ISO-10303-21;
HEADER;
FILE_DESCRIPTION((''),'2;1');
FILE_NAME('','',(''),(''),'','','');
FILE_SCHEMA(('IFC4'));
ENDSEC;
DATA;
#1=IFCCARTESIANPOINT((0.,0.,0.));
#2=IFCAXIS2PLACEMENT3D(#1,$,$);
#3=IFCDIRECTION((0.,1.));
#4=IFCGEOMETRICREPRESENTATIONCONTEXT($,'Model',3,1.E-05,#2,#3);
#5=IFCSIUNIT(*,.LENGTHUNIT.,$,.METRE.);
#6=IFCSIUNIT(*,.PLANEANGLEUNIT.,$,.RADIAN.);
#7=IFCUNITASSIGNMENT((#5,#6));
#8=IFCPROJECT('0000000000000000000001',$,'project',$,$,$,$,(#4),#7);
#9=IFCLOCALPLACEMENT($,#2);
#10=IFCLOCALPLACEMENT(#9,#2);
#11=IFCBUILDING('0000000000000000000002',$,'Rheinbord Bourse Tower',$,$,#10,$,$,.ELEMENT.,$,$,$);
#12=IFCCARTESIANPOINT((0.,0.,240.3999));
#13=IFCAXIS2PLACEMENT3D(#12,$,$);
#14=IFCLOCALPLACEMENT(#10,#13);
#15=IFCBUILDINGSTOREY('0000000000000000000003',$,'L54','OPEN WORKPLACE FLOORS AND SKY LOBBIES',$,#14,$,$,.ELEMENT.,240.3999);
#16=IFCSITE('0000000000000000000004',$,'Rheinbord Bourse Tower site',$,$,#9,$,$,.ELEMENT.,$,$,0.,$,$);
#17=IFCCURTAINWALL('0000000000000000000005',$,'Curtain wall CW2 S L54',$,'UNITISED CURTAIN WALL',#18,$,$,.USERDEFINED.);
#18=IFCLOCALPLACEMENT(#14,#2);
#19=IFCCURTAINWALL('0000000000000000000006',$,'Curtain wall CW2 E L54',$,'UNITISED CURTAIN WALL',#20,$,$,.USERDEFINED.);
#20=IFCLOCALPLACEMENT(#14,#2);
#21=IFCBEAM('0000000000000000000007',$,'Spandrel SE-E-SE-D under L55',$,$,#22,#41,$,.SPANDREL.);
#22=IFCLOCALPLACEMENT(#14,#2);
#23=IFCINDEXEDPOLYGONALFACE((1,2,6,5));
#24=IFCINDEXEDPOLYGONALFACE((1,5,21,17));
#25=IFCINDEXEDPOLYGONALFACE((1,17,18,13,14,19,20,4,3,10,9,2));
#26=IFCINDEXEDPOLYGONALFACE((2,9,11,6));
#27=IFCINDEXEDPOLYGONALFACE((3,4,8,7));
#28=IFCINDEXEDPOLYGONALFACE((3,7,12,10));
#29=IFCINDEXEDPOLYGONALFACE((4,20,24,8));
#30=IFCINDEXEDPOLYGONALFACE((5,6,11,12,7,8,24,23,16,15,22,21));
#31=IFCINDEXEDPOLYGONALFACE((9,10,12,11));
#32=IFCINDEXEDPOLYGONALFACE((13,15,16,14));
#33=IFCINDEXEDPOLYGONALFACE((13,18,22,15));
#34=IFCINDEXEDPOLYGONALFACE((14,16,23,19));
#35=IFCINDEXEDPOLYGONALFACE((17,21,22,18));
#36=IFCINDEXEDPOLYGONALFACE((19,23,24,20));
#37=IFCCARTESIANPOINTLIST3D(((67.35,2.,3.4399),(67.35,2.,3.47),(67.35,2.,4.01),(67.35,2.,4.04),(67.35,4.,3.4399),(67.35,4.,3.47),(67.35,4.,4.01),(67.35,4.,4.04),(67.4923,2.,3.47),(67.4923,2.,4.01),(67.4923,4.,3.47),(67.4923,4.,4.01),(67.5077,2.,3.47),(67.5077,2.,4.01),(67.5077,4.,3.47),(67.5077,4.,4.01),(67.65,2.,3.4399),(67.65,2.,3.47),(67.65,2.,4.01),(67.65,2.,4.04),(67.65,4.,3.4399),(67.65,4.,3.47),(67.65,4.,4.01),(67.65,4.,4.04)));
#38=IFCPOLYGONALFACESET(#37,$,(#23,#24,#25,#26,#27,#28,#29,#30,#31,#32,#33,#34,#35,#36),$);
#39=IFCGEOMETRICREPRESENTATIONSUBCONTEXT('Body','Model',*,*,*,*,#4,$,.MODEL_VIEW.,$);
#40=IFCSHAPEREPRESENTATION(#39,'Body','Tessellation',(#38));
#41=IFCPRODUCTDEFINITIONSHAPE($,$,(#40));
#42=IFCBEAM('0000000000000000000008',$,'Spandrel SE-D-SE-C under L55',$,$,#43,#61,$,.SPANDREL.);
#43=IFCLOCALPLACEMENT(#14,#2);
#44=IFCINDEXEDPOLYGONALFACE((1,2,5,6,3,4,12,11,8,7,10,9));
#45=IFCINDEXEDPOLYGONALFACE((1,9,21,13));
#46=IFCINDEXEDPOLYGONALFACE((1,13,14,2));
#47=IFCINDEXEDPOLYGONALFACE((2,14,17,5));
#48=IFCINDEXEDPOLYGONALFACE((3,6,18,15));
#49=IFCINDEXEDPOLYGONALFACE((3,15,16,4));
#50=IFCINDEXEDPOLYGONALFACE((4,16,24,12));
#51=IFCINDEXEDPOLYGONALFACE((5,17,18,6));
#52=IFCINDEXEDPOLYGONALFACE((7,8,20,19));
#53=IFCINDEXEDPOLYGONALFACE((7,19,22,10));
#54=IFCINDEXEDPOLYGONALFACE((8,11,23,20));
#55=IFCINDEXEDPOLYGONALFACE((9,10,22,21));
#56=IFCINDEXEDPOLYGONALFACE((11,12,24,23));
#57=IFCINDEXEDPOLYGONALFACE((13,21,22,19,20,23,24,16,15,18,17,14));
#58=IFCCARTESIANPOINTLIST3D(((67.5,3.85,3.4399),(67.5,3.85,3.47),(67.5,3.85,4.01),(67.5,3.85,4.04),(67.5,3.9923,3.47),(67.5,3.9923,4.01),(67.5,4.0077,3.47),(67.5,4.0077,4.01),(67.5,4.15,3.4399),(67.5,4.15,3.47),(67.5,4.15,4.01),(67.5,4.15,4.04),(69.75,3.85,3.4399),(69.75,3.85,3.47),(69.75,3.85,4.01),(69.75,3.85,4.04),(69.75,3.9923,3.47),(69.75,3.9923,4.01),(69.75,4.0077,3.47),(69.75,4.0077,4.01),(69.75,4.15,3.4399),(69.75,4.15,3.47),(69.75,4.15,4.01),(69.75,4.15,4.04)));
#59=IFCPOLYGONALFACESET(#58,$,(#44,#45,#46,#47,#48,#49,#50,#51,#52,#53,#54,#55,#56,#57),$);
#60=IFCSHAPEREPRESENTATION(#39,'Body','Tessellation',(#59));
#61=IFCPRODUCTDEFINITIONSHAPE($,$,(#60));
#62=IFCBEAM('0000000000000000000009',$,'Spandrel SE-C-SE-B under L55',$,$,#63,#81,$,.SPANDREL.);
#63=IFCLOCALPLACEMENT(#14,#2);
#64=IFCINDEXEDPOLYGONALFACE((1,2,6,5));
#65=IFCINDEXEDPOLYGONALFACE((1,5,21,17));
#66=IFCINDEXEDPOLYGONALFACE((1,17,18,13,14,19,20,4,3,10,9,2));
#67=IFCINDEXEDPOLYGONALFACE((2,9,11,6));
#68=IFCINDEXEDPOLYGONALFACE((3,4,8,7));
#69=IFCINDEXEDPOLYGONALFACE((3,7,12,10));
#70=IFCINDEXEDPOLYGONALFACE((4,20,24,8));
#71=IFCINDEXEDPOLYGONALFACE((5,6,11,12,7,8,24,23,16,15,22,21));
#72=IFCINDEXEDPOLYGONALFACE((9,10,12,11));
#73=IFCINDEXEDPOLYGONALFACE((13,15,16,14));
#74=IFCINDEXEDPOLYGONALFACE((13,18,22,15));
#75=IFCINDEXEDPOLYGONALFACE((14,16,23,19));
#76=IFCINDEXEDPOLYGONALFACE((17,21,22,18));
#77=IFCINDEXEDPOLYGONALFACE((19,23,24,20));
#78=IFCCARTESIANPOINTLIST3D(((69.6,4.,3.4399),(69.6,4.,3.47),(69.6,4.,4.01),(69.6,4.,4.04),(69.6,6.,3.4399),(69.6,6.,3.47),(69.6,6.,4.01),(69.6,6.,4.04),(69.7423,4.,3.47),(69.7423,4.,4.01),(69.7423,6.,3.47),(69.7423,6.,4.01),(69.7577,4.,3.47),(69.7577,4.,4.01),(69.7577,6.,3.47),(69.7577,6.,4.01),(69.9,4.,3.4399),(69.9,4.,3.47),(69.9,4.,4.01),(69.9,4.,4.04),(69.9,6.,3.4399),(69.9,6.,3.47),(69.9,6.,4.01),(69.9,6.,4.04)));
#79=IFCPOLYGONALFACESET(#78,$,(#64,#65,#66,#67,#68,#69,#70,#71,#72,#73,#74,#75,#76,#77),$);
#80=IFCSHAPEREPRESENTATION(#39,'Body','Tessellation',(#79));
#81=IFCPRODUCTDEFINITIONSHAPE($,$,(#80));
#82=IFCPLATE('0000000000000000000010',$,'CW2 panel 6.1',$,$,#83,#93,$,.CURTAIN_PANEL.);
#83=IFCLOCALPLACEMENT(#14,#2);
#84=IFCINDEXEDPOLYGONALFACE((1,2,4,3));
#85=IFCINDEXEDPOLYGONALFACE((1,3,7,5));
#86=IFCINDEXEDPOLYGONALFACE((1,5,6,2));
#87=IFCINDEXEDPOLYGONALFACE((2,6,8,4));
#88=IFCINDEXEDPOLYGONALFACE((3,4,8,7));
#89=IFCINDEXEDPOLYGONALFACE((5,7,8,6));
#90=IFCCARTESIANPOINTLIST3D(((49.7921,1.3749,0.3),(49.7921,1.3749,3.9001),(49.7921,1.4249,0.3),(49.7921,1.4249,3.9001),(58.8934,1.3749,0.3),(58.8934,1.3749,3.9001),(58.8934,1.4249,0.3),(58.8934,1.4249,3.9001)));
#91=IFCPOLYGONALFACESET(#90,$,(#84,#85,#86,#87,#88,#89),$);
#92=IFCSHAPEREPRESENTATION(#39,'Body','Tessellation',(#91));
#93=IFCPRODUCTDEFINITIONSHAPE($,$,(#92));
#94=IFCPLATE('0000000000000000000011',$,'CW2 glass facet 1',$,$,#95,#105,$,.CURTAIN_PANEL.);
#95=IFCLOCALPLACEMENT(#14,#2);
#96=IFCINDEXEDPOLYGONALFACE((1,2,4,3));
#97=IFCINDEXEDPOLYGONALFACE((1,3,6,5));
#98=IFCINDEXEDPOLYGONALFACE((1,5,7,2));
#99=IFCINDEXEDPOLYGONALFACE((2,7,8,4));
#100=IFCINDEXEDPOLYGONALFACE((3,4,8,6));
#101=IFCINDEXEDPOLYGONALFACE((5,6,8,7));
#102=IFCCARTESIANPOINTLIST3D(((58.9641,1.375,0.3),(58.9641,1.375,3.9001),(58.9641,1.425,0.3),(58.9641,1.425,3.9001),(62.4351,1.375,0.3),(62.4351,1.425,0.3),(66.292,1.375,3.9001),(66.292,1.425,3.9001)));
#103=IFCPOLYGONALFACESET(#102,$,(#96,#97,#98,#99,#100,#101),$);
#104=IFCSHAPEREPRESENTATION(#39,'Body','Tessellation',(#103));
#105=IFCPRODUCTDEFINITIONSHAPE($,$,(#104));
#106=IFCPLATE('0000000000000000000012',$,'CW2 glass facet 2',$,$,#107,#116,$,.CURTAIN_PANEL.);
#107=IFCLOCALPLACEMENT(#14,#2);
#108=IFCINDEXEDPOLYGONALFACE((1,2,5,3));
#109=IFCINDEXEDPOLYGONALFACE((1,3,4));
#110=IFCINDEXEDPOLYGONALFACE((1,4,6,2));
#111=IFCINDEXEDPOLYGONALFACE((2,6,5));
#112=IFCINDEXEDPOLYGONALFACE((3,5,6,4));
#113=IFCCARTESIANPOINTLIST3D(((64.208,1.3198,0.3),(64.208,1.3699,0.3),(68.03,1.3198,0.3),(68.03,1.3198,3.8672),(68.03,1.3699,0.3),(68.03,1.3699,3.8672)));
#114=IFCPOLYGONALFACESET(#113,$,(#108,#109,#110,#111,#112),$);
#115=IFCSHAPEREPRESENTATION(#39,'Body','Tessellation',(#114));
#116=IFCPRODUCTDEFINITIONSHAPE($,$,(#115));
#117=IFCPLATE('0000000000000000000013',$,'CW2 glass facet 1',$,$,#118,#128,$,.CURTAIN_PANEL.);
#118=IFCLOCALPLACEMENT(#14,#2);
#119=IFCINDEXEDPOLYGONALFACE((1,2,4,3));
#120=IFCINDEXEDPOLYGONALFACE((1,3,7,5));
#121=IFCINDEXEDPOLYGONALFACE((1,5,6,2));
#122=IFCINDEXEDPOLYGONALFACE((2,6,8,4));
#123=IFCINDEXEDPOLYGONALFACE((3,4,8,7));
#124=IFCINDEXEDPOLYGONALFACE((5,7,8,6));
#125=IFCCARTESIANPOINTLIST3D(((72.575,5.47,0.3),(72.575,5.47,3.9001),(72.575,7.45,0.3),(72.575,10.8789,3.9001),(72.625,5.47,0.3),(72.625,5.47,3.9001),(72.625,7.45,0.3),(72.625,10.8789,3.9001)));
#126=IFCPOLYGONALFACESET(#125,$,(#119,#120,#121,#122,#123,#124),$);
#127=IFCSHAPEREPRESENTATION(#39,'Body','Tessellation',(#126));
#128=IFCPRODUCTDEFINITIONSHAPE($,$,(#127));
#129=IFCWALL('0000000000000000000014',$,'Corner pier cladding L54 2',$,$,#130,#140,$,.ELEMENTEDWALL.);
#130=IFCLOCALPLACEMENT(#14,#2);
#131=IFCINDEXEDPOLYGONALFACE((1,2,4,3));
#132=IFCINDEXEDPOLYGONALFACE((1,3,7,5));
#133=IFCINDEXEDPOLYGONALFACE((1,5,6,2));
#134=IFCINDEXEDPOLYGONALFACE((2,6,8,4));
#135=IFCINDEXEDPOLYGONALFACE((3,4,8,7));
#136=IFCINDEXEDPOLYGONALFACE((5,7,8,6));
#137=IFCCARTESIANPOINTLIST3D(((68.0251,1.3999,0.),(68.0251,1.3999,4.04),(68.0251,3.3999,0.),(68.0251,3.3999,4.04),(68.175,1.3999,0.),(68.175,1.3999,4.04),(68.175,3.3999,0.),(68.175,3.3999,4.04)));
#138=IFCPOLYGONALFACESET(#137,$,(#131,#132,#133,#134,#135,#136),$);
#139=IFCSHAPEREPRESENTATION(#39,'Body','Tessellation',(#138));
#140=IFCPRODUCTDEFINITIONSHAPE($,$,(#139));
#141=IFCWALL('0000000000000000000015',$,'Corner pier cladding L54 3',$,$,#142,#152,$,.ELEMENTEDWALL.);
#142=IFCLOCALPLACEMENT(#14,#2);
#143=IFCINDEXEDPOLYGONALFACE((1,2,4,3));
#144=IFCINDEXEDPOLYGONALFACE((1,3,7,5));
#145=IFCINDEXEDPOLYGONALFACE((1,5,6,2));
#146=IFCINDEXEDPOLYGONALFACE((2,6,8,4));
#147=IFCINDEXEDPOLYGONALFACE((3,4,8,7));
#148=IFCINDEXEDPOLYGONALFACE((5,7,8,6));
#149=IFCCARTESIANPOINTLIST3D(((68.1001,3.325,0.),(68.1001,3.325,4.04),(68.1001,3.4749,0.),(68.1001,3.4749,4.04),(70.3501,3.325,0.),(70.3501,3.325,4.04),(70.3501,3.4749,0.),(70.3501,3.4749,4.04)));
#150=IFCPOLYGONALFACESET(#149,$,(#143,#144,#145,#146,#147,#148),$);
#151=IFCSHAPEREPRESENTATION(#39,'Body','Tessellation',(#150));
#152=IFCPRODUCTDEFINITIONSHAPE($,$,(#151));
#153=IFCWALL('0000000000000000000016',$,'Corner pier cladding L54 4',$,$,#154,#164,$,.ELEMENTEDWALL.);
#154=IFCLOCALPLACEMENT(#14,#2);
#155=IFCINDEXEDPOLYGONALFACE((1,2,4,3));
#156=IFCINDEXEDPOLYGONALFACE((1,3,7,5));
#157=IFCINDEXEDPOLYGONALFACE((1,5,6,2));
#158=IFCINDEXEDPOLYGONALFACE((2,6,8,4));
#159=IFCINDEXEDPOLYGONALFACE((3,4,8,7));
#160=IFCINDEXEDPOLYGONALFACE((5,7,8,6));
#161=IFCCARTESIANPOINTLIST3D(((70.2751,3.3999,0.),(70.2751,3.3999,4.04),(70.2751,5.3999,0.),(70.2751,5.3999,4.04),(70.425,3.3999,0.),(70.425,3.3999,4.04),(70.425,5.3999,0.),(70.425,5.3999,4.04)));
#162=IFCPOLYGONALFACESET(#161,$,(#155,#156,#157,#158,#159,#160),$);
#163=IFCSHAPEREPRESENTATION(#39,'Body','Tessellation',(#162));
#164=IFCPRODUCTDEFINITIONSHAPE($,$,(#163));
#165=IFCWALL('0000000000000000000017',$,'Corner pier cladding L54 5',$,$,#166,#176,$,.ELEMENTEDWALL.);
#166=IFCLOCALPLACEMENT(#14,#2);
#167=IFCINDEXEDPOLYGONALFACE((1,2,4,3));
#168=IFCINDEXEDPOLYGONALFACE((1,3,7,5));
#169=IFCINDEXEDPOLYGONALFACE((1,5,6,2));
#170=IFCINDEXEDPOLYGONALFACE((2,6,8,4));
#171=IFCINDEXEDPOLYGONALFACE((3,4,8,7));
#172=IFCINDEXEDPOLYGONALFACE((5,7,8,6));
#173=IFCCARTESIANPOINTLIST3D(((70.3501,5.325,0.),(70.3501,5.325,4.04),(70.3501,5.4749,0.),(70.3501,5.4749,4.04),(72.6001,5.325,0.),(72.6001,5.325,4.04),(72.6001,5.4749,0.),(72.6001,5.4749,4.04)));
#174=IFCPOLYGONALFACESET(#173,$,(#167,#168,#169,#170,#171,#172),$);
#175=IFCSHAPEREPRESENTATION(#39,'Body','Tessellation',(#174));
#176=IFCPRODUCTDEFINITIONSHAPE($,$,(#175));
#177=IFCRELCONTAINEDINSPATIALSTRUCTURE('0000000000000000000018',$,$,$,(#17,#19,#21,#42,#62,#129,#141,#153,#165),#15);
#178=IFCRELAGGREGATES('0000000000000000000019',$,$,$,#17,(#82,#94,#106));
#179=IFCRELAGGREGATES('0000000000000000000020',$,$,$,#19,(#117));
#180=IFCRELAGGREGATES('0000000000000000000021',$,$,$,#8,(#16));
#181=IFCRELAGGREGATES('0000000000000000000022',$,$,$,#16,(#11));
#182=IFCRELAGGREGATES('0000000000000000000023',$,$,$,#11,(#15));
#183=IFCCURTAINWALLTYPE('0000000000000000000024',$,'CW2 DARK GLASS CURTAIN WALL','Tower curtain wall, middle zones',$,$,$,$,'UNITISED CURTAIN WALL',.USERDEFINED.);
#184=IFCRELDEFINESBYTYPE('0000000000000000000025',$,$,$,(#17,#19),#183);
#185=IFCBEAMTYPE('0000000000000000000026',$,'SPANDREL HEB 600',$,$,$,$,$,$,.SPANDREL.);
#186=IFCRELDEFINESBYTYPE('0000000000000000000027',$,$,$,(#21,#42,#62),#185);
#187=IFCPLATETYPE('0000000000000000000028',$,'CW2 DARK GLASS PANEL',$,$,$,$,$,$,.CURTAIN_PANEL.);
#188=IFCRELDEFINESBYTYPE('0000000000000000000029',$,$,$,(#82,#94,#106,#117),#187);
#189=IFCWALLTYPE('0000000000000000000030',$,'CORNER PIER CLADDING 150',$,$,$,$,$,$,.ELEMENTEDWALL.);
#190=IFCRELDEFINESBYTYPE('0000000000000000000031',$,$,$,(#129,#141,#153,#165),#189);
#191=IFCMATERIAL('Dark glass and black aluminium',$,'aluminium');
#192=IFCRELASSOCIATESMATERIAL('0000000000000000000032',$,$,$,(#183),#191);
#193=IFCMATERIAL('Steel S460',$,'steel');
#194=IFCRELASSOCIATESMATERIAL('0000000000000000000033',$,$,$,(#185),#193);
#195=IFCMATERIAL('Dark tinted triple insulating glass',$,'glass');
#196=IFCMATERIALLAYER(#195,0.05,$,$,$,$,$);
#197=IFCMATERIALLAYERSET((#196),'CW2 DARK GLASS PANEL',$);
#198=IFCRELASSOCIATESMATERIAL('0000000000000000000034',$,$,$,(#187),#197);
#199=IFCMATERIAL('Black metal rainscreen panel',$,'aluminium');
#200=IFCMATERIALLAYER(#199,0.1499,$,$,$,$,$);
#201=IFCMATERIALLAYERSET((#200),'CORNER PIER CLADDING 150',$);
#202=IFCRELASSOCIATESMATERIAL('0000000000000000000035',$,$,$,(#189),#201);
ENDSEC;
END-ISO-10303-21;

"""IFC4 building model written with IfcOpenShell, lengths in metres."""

from ifc_helpers import new_model, si_unit, direction, frame, frame_2d, origin, origin_2d, place, context, subcontext, project, spatial, polyline, rectangle, i_section, outline, extrude, material, layer, layer_set, material_profile, profile_set, type_object, element, aggregate, save


model = new_model("IFC4")

# Units and contexts
model_context = context("Model", 3, precision=1e-05, world=origin(), true_north=direction((0.0, 1.0)))
body_context = subcontext(model_context, "Body", "Model", "MODEL_VIEW")
ifc_project = project(units=[si_unit("LENGTHUNIT", "METRE"), si_unit("PLANEANGLEUNIT", "RADIAN")], contexts=[model_context])

# Site, building, storey
site_placement = place(None, origin())
site = spatial("IfcSite", under=ifc_project, at=site_placement, Name="Rheinbord Bourse Tower site", CompositionType="ELEMENT", RefElevation=0.0)
building_placement = place(site_placement, origin())
building = spatial("IfcBuilding", under=site, at=building_placement, Name="Rheinbord Bourse Tower", CompositionType="ELEMENT")
storey_placement = place(building_placement, frame((0.0, 0.0, 240.3999)))
storey = spatial("IfcBuildingStorey", under=building, at=storey_placement, Name="L54", Description="OPEN WORKPLACE FLOORS AND SKY LOBBIES", CompositionType="ELEMENT", Elevation=240.3999)

# Curtain wall
ifc_material_1 = material(Name="Dark glass and black aluminium", Category="aluminium")
curtain_wall_type = type_object("IfcCurtainWallType", Name="CW2 DARK GLASS CURTAIN WALL", Description="Tower curtain wall, middle zones", ElementType="UNITISED CURTAIN WALL", PredefinedType="USERDEFINED", material=ifc_material_1)
curtain_wall_1_placement = place(storey_placement, origin())
curtain_wall_1 = element("IfcCurtainWall", 1, at=curtain_wall_1_placement, inside=storey, type_object=curtain_wall_type, Name="Curtain wall CW2 S L54", ObjectType="UNITISED CURTAIN WALL", PredefinedType="USERDEFINED")

# Curtain wall
curtain_wall_2_placement = place(storey_placement, origin())
curtain_wall_2 = element("IfcCurtainWall", 2, at=curtain_wall_2_placement, inside=storey, type_object=curtain_wall_type, Name="Curtain wall CW2 E L54", ObjectType="UNITISED CURTAIN WALL", PredefinedType="USERDEFINED")

# Beams
ifc_material_2 = material(Name="Steel S460", Category="steel")
ifc_material_profile_1 = material_profile(ifc_material_2, i_section(OverallWidth=0.3, OverallDepth=0.6001, WebThickness=0.0154, FlangeThickness=0.03, at=origin_2d()), Name="HEB 600")
ifc_profile_set_1 = profile_set([ifc_material_profile_1], Name="Steel S460")
beam_type_1 = type_object("IfcBeamType", Name="SPANDREL HEB 600", PredefinedType="SPANDREL", material=ifc_profile_set_1)
beam_1_placement = place(storey_placement, frame((67.5, 2.0, 3.74), z_axis=(0.0, 1.0, 0.0), x_axis=(-1.0, 0.0, 0.0)))
element("IfcBeam", 3, at=beam_1_placement, inside=storey, type_object=beam_type_1, Name="Spandrel SE-E-SE-D under L55", PredefinedType="SPANDREL", context=body_context, shape_type="SweptSolid", body=[
    extrude(i_section(OverallWidth=0.3, OverallDepth=0.6001, WebThickness=0.0154, FlangeThickness=0.03, at=origin_2d()), origin(), (0.0, 0.0, 1.0), 2.0),
])
beam_2_placement = place(storey_placement, frame((67.5, 4.0, 3.74), z_axis=(1.0, 0.0, 0.0), x_axis=(0.0, 1.0, 0.0)))
element("IfcBeam", 4, at=beam_2_placement, inside=storey, type_object=beam_type_1, Name="Spandrel SE-D-SE-C under L55", PredefinedType="SPANDREL", context=body_context, shape_type="SweptSolid", body=[
    extrude(i_section(OverallWidth=0.3, OverallDepth=0.6001, WebThickness=0.0154, FlangeThickness=0.03, at=origin_2d()), origin(), (0.0, 0.0, 1.0), 2.25),
])
beam_3_placement = place(storey_placement, frame((69.75, 4.0, 3.74), z_axis=(0.0, 1.0, 0.0), x_axis=(-1.0, 0.0, 0.0)))
element("IfcBeam", 5, at=beam_3_placement, inside=storey, type_object=beam_type_1, Name="Spandrel SE-C-SE-B under L55", PredefinedType="SPANDREL", context=body_context, shape_type="SweptSolid", body=[
    extrude(i_section(OverallWidth=0.3, OverallDepth=0.6001, WebThickness=0.0154, FlangeThickness=0.03, at=origin_2d()), origin(), (0.0, 0.0, 1.0), 2.0),
])

# Plates
ifc_material_3 = material(Name="Dark tinted triple insulating glass", Category="glass")
ifc_layer_1 = layer(ifc_material_3, 0.05)
ifc_layer_set_1 = layer_set([ifc_layer_1], Name="CW2 DARK GLASS PANEL")
plate_type = type_object("IfcPlateType", Name="CW2 DARK GLASS PANEL", PredefinedType="CURTAIN_PANEL", material=ifc_layer_set_1)
plate_1_placement = place(storey_placement, frame((54.3428, 1.3999, 0.3), z_axis=(0.0, 0.0, 1.0), x_axis=(1.0, 0.0, 0.0)))
plate_1 = element("IfcPlate", 6, at=plate_1_placement, type_object=plate_type, Name="CW2 panel 6.1", PredefinedType="CURTAIN_PANEL", context=body_context, shape_type="SweptSolid", body=[
    extrude(rectangle(XDim=9.1013, YDim=0.05, at=origin_2d()), origin(), (0.0, 0.0, 1.0), 3.6001),
])
plate_2_placement = place(storey_placement, frame((58.9641, 1.375, 0.3), z_axis=(0.0, 1.0, 0.0), x_axis=(0.0, 0.0, 1.0)))
plate_2 = element("IfcPlate", 7, at=plate_2_placement, type_object=plate_type, Name="CW2 glass facet 1", PredefinedType="CURTAIN_PANEL", context=body_context, shape_type="SweptSolid", body=[
    extrude(outline(polyline([(0.0, 0.0), (3.6001, 0.0), (3.6001, 7.3279), (0.0, 3.4709), (0.0, 0.0)])), origin(), (0.0, 0.0, 1.0), 0.05),
])
plate_3_placement = place(storey_placement, frame((68.03, 1.3198, 0.3), z_axis=(0.0, 1.0, 0.0), x_axis=(-1.0, 0.0, 0.0)))
plate_3 = element("IfcPlate", 8, at=plate_3_placement, type_object=plate_type, Name="CW2 glass facet 2", PredefinedType="CURTAIN_PANEL", context=body_context, shape_type="SweptSolid", body=[
    extrude(outline(polyline([(0.0, 0.0), (3.822, 0.0), (0.0, 3.5671), (0.0, 0.0)])), origin(), (0.0, 0.0, 1.0), 0.05),
])
aggregate(curtain_wall_1, [plate_1, plate_2, plate_3])
plate_4_placement = place(storey_placement, frame((72.625, 5.47, 0.3), z_axis=(-1.0, 0.0, 0.0), x_axis=(0.0, 0.0, 1.0)))
plate_4 = element("IfcPlate", 9, at=plate_4_placement, type_object=plate_type, Name="CW2 glass facet 1", PredefinedType="CURTAIN_PANEL", context=body_context, shape_type="SweptSolid", body=[
    extrude(outline(polyline([(0.0, 0.0), (3.6001, 0.0), (3.6001, 5.4089), (0.0, 1.98), (0.0, 0.0)])), origin(), (0.0, 0.0, 1.0), 0.05),
])
aggregate(curtain_wall_2, [plate_4])

# Walls
ifc_material_4 = material(Name="Black metal rainscreen panel", Category="aluminium")
ifc_layer_2 = layer(ifc_material_4, 0.1499)
ifc_layer_set_2 = layer_set([ifc_layer_2], Name="CORNER PIER CLADDING 150")
wall_type = type_object("IfcWallType", Name="CORNER PIER CLADDING 150", PredefinedType="ELEMENTEDWALL", material=ifc_layer_set_2)
wall_1_placement = place(storey_placement, frame((68.1001, 1.3999, 0.0), z_axis=(0.0, 0.0, 1.0), x_axis=(0.0, 1.0, 0.0)))
element("IfcWall", 10, at=wall_1_placement, inside=storey, type_object=wall_type, Name="Corner pier cladding L54 2", PredefinedType="ELEMENTEDWALL", context=body_context, shape_type="SweptSolid", body=[
    extrude(rectangle(XDim=2.0, YDim=0.1499, at=frame_2d((1.0, 0.0))), origin(), (0.0, 0.0, 1.0), 4.04),
])
wall_2_placement = place(storey_placement, frame((68.1001, 3.3999, 0.0), z_axis=(0.0, 0.0, 1.0), x_axis=(1.0, 0.0, 0.0)))
element("IfcWall", 11, at=wall_2_placement, inside=storey, type_object=wall_type, Name="Corner pier cladding L54 3", PredefinedType="ELEMENTEDWALL", context=body_context, shape_type="SweptSolid", body=[
    extrude(rectangle(XDim=2.25, YDim=0.1499, at=frame_2d((1.125, 0.0))), origin(), (0.0, 0.0, 1.0), 4.04),
])
wall_3_placement = place(storey_placement, frame((70.3501, 3.3999, 0.0), z_axis=(0.0, 0.0, 1.0), x_axis=(0.0, 1.0, 0.0)))
element("IfcWall", 12, at=wall_3_placement, inside=storey, type_object=wall_type, Name="Corner pier cladding L54 4", PredefinedType="ELEMENTEDWALL", context=body_context, shape_type="SweptSolid", body=[
    extrude(rectangle(XDim=2.0, YDim=0.1499, at=frame_2d((1.0, 0.0))), origin(), (0.0, 0.0, 1.0), 4.04),
])
wall_4_placement = place(storey_placement, frame((70.3501, 5.3999, 0.0), z_axis=(0.0, 0.0, 1.0), x_axis=(1.0, 0.0, 0.0)))
element("IfcWall", 13, at=wall_4_placement, inside=storey, type_object=wall_type, Name="Corner pier cladding L54 5", PredefinedType="ELEMENTEDWALL", context=body_context, shape_type="SweptSolid", body=[
    extrude(rectangle(XDim=2.25, YDim=0.1499, at=frame_2d((1.125, 0.0))), origin(), (0.0, 0.0, 1.0), 4.04),
])

save(model, "model.ifc")
